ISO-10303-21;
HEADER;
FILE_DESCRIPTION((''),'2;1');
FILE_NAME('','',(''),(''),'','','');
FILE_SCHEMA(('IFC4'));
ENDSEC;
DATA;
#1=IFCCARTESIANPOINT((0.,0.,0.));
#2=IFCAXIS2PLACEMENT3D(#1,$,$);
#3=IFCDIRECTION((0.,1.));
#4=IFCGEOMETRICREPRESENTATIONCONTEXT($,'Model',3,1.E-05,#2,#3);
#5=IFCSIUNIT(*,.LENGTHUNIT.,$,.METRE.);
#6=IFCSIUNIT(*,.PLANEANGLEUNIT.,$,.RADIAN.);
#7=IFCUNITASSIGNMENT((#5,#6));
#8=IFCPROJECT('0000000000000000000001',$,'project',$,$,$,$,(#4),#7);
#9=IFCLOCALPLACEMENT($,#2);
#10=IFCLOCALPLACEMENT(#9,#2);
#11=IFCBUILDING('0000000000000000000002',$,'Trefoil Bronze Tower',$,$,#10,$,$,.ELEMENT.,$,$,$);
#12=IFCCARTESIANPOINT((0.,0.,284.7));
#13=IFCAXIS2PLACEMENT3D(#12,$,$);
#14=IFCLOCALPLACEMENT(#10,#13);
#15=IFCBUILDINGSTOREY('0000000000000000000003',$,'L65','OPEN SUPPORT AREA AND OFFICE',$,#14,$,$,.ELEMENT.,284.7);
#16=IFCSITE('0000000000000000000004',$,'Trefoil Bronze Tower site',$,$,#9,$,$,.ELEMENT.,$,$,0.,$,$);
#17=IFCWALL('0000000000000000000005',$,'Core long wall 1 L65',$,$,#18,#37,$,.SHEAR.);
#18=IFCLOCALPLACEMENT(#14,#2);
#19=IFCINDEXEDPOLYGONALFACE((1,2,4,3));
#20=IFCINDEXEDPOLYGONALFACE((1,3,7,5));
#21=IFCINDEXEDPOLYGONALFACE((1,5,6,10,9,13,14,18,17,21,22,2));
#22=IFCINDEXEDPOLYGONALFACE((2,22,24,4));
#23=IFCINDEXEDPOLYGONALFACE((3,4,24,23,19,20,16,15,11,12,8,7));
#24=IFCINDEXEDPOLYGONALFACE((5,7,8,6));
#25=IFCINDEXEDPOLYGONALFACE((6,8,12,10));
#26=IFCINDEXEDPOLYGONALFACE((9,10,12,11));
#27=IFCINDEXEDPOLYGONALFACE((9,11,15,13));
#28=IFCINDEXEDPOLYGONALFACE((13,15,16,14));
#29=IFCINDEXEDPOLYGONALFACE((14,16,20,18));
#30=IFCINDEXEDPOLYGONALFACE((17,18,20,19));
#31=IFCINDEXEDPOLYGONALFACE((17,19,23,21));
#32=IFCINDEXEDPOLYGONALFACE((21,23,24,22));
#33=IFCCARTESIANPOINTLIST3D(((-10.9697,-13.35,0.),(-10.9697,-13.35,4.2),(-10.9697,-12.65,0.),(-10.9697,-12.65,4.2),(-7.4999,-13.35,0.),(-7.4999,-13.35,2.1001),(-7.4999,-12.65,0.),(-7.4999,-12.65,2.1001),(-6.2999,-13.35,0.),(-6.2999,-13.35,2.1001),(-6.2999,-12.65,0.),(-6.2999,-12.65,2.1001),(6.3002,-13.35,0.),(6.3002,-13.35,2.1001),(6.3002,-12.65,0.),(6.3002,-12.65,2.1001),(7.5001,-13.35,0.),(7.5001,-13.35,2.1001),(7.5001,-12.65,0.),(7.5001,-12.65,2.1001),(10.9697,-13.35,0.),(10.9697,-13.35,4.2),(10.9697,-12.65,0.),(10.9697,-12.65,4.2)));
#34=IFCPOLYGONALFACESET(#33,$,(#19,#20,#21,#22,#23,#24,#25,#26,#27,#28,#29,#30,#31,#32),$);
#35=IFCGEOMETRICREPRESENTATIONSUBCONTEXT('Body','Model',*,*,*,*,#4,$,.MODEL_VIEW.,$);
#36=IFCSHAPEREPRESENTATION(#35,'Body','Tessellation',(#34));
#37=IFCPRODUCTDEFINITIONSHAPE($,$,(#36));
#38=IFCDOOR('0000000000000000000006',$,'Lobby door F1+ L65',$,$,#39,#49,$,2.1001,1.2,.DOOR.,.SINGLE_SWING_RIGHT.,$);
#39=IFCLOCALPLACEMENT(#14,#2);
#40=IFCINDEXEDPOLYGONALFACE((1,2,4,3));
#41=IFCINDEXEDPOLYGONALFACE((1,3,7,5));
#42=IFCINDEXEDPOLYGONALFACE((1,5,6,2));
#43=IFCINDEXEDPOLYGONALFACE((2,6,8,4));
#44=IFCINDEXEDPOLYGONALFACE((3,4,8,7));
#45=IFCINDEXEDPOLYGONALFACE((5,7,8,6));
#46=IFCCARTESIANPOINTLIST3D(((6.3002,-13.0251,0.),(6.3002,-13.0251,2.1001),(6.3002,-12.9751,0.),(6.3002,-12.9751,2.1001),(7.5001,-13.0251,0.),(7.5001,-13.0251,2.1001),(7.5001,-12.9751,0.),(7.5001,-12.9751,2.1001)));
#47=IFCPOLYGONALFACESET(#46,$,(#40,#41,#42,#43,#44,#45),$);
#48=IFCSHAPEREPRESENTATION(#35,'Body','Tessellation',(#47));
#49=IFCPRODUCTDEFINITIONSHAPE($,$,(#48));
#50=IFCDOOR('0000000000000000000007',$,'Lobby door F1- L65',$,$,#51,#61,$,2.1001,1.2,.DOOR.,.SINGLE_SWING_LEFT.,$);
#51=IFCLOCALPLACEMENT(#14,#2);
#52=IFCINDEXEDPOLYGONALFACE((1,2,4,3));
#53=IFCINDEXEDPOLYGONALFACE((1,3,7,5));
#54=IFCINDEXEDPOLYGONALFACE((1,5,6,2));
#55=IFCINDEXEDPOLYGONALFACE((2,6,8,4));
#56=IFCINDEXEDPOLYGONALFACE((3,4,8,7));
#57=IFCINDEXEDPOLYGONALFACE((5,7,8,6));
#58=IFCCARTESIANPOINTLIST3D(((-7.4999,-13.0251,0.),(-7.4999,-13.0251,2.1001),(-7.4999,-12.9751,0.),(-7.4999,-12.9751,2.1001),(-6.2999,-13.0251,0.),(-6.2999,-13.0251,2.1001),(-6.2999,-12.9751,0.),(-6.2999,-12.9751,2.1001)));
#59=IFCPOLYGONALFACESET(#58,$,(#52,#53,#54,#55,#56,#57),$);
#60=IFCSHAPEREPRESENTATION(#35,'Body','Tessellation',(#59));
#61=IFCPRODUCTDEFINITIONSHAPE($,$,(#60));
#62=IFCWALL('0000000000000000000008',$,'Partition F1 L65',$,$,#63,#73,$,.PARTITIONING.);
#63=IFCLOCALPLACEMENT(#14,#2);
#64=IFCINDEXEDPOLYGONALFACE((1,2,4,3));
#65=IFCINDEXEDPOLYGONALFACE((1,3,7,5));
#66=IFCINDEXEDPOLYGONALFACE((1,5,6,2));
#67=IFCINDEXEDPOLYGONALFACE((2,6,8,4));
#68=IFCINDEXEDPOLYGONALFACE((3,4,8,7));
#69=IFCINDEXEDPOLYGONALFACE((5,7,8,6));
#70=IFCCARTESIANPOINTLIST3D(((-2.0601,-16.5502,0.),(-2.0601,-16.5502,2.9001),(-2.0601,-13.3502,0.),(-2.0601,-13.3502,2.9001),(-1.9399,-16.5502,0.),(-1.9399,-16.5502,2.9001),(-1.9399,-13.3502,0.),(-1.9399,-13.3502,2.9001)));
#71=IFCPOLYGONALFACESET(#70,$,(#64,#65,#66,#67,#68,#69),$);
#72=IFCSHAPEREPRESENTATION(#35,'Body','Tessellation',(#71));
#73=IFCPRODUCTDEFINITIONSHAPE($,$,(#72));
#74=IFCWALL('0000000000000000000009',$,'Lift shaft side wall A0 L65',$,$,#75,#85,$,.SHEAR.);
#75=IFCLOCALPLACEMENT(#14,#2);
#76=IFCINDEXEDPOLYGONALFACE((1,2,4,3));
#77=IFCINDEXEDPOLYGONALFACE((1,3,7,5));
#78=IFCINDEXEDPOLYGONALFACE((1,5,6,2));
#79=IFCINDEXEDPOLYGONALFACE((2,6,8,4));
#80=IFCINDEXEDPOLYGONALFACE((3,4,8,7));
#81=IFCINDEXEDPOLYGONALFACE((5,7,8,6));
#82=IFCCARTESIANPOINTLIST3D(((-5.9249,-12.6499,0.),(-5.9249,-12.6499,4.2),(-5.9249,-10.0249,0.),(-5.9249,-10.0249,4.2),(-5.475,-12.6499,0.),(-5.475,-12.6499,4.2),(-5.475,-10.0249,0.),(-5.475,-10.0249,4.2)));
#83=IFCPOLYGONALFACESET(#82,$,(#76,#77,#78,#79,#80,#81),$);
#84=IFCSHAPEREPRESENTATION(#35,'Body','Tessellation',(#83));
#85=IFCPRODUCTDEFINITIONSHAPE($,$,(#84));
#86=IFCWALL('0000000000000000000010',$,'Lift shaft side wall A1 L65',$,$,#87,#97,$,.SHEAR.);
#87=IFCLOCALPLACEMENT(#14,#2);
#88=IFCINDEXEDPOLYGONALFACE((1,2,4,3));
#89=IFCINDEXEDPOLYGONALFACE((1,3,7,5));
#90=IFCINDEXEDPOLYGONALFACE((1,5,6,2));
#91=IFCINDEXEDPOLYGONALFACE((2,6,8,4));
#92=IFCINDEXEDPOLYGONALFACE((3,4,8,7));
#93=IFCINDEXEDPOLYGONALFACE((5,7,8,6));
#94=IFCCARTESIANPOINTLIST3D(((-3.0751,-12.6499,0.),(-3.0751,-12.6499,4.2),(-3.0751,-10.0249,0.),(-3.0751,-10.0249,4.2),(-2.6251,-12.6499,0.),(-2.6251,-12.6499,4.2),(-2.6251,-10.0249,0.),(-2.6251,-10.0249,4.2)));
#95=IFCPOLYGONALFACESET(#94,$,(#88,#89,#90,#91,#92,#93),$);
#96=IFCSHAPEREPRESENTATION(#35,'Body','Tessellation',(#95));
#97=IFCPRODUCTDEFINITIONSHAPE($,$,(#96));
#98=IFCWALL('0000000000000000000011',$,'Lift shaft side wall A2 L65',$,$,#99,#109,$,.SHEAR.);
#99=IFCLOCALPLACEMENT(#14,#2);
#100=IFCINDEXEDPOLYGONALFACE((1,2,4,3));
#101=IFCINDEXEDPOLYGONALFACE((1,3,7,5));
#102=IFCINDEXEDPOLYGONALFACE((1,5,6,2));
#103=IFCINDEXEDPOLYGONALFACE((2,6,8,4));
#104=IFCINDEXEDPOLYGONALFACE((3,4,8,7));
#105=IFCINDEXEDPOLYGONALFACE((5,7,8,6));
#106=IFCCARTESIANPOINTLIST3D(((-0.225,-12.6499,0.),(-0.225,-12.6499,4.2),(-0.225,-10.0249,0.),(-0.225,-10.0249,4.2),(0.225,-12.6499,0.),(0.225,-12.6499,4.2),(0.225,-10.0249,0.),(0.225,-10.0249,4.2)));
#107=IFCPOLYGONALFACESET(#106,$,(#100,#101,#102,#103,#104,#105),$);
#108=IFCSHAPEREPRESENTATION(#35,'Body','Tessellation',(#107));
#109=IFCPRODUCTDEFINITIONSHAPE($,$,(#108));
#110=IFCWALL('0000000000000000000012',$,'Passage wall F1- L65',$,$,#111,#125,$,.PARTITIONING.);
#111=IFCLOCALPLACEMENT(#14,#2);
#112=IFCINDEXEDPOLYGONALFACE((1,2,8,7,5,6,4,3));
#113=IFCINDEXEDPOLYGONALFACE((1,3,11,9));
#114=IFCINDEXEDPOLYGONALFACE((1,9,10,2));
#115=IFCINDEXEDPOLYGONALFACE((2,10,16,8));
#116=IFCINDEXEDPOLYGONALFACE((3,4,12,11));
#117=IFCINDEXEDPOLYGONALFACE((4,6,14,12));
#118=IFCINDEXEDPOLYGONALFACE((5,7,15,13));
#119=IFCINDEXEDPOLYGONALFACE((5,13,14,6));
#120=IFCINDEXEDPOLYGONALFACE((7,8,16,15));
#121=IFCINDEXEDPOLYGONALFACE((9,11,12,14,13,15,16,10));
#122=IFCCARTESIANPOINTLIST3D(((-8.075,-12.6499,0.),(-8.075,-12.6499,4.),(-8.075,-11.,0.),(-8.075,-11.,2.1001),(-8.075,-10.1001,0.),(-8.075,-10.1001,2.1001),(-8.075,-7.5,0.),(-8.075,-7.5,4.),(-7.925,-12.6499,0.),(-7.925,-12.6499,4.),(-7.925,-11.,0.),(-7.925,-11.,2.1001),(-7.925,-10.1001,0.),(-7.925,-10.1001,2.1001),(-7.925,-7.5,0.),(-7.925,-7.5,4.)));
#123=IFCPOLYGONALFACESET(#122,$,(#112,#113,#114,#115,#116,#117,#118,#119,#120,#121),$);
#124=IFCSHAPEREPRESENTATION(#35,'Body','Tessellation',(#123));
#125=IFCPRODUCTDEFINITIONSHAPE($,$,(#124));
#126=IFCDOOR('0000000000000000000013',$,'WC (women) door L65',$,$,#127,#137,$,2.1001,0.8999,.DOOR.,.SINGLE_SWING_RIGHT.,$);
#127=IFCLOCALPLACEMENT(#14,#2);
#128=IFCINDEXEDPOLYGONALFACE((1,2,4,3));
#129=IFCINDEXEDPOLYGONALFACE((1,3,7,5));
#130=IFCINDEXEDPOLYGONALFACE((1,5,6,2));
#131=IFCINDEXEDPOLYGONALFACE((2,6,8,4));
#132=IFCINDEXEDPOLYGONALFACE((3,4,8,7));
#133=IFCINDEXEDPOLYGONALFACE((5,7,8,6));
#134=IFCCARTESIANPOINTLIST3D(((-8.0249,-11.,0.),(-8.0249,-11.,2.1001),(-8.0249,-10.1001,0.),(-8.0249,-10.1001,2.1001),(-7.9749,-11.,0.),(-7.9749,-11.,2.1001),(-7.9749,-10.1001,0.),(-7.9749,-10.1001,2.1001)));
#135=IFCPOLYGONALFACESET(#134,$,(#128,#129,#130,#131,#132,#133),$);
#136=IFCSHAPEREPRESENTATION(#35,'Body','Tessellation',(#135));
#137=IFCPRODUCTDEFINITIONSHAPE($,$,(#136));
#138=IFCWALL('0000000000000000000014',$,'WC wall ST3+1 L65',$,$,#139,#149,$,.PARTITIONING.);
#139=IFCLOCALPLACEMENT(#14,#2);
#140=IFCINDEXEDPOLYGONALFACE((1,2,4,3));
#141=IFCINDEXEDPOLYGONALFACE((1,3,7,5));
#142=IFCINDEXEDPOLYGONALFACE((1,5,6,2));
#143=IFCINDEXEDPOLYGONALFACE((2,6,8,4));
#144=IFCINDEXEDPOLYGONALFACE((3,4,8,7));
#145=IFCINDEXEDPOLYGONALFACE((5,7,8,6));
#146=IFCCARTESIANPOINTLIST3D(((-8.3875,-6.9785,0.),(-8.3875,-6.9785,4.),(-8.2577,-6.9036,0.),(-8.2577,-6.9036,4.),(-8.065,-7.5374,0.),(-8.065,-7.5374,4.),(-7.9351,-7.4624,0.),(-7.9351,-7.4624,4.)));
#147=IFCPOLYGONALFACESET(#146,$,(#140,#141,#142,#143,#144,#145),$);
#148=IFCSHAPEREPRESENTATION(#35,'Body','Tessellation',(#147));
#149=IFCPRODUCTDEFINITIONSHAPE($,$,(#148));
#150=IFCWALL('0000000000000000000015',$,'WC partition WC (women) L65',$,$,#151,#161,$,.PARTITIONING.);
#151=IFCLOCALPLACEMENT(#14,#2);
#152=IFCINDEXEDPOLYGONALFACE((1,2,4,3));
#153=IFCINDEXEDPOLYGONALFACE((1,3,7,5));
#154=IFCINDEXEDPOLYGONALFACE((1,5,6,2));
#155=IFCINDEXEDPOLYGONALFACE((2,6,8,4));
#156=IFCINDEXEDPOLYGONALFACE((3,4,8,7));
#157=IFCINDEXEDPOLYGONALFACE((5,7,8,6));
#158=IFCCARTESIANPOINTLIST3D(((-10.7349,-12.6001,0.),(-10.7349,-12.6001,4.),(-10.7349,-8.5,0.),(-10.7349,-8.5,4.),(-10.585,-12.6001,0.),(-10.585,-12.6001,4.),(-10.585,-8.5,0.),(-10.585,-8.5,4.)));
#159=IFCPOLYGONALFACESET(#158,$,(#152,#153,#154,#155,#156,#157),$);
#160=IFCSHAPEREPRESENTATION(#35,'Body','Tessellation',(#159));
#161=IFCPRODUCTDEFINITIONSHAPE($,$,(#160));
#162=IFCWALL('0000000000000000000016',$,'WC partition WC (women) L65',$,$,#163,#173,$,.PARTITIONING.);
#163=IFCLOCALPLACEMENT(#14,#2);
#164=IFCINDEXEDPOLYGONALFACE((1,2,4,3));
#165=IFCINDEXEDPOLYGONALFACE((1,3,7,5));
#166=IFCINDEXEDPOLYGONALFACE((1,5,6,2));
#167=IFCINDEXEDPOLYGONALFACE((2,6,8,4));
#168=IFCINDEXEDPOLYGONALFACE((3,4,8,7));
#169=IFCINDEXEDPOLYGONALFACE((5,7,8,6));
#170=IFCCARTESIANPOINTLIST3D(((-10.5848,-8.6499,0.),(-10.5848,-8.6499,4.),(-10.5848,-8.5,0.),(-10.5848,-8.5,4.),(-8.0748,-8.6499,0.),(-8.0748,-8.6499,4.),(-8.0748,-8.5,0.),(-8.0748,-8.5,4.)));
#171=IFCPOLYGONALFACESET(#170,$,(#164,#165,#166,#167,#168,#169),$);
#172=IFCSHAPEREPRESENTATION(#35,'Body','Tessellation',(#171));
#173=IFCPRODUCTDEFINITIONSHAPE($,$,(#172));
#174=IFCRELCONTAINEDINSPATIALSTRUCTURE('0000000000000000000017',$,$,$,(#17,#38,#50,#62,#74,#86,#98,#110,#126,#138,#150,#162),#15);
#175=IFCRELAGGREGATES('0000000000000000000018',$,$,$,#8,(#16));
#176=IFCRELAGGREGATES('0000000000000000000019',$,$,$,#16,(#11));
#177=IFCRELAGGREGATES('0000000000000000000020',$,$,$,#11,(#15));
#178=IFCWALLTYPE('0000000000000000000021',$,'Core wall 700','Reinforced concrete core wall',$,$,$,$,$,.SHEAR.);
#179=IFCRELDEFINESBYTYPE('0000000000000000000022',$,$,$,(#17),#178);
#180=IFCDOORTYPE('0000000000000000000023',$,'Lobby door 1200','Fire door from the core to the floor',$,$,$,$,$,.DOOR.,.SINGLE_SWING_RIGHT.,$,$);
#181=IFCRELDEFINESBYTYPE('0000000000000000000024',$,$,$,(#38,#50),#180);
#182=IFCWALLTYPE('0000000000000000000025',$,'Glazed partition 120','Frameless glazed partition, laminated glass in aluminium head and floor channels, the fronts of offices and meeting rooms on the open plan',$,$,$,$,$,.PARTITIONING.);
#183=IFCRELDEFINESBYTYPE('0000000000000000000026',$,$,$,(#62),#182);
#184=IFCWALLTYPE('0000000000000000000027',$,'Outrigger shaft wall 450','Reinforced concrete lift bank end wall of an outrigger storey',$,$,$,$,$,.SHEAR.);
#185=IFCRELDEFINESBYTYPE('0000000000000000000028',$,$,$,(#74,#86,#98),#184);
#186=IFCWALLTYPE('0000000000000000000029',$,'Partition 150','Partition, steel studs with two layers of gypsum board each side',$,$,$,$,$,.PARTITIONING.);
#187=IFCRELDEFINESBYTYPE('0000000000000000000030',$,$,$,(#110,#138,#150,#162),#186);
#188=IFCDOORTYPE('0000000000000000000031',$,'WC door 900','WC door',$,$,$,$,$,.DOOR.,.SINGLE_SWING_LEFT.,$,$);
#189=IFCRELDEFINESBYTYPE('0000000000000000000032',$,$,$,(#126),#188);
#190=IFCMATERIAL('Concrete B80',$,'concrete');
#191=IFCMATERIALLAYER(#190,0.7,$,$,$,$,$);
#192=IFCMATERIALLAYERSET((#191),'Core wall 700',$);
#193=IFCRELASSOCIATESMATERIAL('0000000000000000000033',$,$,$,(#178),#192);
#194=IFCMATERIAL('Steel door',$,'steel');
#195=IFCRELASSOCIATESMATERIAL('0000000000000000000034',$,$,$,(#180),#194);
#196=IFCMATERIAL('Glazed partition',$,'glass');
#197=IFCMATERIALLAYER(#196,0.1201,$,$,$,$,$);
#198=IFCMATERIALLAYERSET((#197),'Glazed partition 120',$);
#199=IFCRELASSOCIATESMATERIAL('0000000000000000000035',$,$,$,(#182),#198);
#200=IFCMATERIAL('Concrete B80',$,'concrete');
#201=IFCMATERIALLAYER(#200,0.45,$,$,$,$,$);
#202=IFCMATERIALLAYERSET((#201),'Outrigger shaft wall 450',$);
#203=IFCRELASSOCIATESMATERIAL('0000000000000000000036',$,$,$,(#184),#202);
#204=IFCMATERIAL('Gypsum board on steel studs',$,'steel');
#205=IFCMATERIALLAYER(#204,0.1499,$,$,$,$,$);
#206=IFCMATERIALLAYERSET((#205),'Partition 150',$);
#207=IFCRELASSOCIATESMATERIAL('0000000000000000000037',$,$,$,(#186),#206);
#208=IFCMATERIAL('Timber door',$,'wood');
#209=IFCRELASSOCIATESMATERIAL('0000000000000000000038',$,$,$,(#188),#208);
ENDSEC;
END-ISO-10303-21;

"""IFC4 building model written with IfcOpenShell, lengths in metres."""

from ifc_helpers import new_model, si_unit, direction, frame, frame_2d, origin, place, context, subcontext, project, spatial, rectangle, extrude, material, layer, layer_set, type_object, element, fill, save


model = new_model("IFC4")

# Units and contexts
model_context = context("Model", 3, precision=1e-05, world=origin(), true_north=direction((0.0, 1.0)))
body_context = subcontext(model_context, "Body", "Model", "MODEL_VIEW")
ifc_project = project(units=[si_unit("LENGTHUNIT", "METRE"), si_unit("PLANEANGLEUNIT", "RADIAN")], contexts=[model_context])

# Site, building, storey
site_placement = place(None, origin())
site = spatial("IfcSite", under=ifc_project, at=site_placement, Name="Trefoil Bronze Tower site", CompositionType="ELEMENT", RefElevation=0.0)
building_placement = place(site_placement, origin())
building = spatial("IfcBuilding", under=site, at=building_placement, Name="Trefoil Bronze Tower", CompositionType="ELEMENT")
storey_placement = place(building_placement, frame((0.0, 0.0, 284.7)))
storey = spatial("IfcBuildingStorey", under=building, at=storey_placement, Name="L65", Description="OPEN SUPPORT AREA AND OFFICE", CompositionType="ELEMENT", Elevation=284.7)

# Wall, openings, doors
ifc_material_1 = material(Name="Concrete B80", Category="concrete")
ifc_layer_1 = layer(ifc_material_1, 0.7)
ifc_layer_set_1 = layer_set([ifc_layer_1], Name="Core wall 700")
wall_type_1 = type_object("IfcWallType", Name="Core wall 700", Description="Reinforced concrete core wall", PredefinedType="SHEAR", material=ifc_layer_set_1)
wall_1_placement = place(storey_placement, frame((-10.9697, -13.0, 0.0), z_axis=(0.0, 0.0, 1.0), x_axis=(1.0, 0.0, 0.0)))
wall_1 = element("IfcWall", 1, at=wall_1_placement, inside=storey, type_object=wall_type_1, Name="Core long wall 1 L65", PredefinedType="SHEAR", context=body_context, shape_type="SweptSolid", body=[
    extrude(rectangle(XDim=21.9395, YDim=0.7, at=frame_2d((10.9697, 0.0))), origin(), (0.0, 0.0, 1.0), 4.2),
])
opening_1_placement = place(wall_1_placement, frame((17.2698, 0.0, 0.0)))
opening_1 = element("IfcOpeningElement", 2, at=opening_1_placement, cuts=wall_1, PredefinedType="OPENING", context=body_context, shape_type="SweptSolid", body=[
    extrude(rectangle(XDim=1.2, YDim=2.1001, at=frame_2d((0.6001, 1.05))), frame((0.0, 0.3599, 0.0), z_axis=(0.0, -1.0, 0.0), x_axis=(1.0, 0.0, 0.0)), (0.0, 0.0, 1.0), 0.72),
])
opening_2_placement = place(wall_1_placement, frame((3.4697, 0.0, 0.0)))
opening_2 = element("IfcOpeningElement", 3, at=opening_2_placement, cuts=wall_1, PredefinedType="OPENING", context=body_context, shape_type="SweptSolid", body=[
    extrude(rectangle(XDim=1.2, YDim=2.1001, at=frame_2d((0.6001, 1.05))), frame((0.0, 0.3599, 0.0), z_axis=(0.0, -1.0, 0.0), x_axis=(1.0, 0.0, 0.0)), (0.0, 0.0, 1.0), 0.72),
])
ifc_material_2 = material(Name="Steel door", Category="steel")
door_type_1 = type_object("IfcDoorType", Name="Lobby door 1200", Description="Fire door from the core to the floor", OperationType="SINGLE_SWING_RIGHT", PredefinedType="DOOR", material=ifc_material_2)
door_1_placement = place(opening_1_placement, origin())
door_1 = element("IfcDoor", 4, at=door_1_placement, inside=storey, type_object=door_type_1, Name="Lobby door F1+ L65", OperationType="SINGLE_SWING_RIGHT", OverallHeight=2.1001, OverallWidth=1.2, PredefinedType="DOOR", context=body_context, shape_type="SweptSolid", body=[
    extrude(rectangle(XDim=1.2, YDim=2.1001, at=frame_2d((0.6001, 1.05))), frame((0.0, 0.0249, 0.0), z_axis=(0.0, -1.0, 0.0), x_axis=(1.0, 0.0, 0.0)), (0.0, 0.0, 1.0), 0.05),
])
fill(opening_1, door_1)
door_2_placement = place(opening_2_placement, origin())
door_2 = element("IfcDoor", 5, at=door_2_placement, inside=storey, type_object=door_type_1, Name="Lobby door F1- L65", OperationType="SINGLE_SWING_LEFT", OverallHeight=2.1001, OverallWidth=1.2, PredefinedType="DOOR", context=body_context, shape_type="SweptSolid", body=[
    extrude(rectangle(XDim=1.2, YDim=2.1001, at=frame_2d((0.6001, 1.05))), frame((0.0, 0.0249, 0.0), z_axis=(0.0, -1.0, 0.0), x_axis=(1.0, 0.0, 0.0)), (0.0, 0.0, 1.0), 0.05),
])
fill(opening_2, door_2)

# Walls
ifc_material_3 = material(Name="Glazed partition", Category="glass")
ifc_layer_2 = layer(ifc_material_3, 0.1201)
ifc_layer_set_2 = layer_set([ifc_layer_2], Name="Glazed partition 120")
wall_type_2 = type_object("IfcWallType", Name="Glazed partition 120", Description="Frameless glazed partition, laminated glass in aluminium head and floor channels, the fronts of offices and meeting rooms on the open plan", PredefinedType="PARTITIONING", material=ifc_layer_set_2)
wall_2_placement = place(storey_placement, frame((-2.0, -13.3501, 0.0), z_axis=(0.0, 0.0, 1.0), x_axis=(0.0, -1.0, 0.0)))
element("IfcWall", 6, at=wall_2_placement, inside=storey, type_object=wall_type_2, Name="Partition F1 L65", PredefinedType="PARTITIONING", context=body_context, shape_type="SweptSolid", body=[
    extrude(rectangle(XDim=3.2, YDim=0.1201, at=frame_2d((1.6001, 0.0))), origin(), (0.0, 0.0, 1.0), 2.9001),
])
ifc_material_4 = material(Name="Concrete B80", Category="concrete")
ifc_layer_3 = layer(ifc_material_4, 0.45)
ifc_layer_set_3 = layer_set([ifc_layer_3], Name="Outrigger shaft wall 450")
wall_type_3 = type_object("IfcWallType", Name="Outrigger shaft wall 450", Description="Reinforced concrete lift bank end wall of an outrigger storey", PredefinedType="SHEAR", material=ifc_layer_set_3)
for number, where, z_axis, x_axis, name in (
    (7, (-5.7, -10.0249, 0.0), (0.0, 0.0, 1.0), (0.0, -1.0, 0.0), "Lift shaft side wall A0 L65"),
    (8, (-2.8501, -10.0249, 0.0), (0.0, 0.0, 1.0), (0.0, -1.0, 0.0), "Lift shaft side wall A1 L65"),
    (9, (0.0, -10.0249, 0.0), (0.0, 0.0, 1.0), (0.0, -1.0, 0.0), "Lift shaft side wall A2 L65"),
):
    element("IfcWall", number, at=place(storey_placement, frame(where, z_axis=z_axis, x_axis=x_axis)), inside=storey, type_object=wall_type_3, Name=name, PredefinedType="SHEAR", context=body_context, shape_type="SweptSolid", body=[
        extrude(rectangle(XDim=2.625, YDim=0.45, at=frame_2d((1.3125, 0.0))), origin(), (0.0, 0.0, 1.0), 4.2),
    ])

# Wall, opening, door
ifc_material_5 = material(Name="Gypsum board on steel studs", Category="steel")
ifc_layer_4 = layer(ifc_material_5, 0.1499)
ifc_layer_set_4 = layer_set([ifc_layer_4], Name="Partition 150")
wall_type_4 = type_object("IfcWallType", Name="Partition 150", Description="Partition, steel studs with two layers of gypsum board each side", PredefinedType="PARTITIONING", material=ifc_layer_set_4)
wall_3_placement = place(storey_placement, frame((-8.0, -7.5, 0.0), z_axis=(0.0, 0.0, 1.0), x_axis=(0.0, -1.0, 0.0)))
wall_3 = element("IfcWall", 10, at=wall_3_placement, inside=storey, type_object=wall_type_4, Name="Passage wall F1- L65", PredefinedType="PARTITIONING", context=body_context, shape_type="SweptSolid", body=[
    extrude(rectangle(XDim=5.1499, YDim=0.1499, at=frame_2d((2.575, 0.0))), origin(), (0.0, 0.0, 1.0), 4.0),
])
opening_3_placement = place(wall_3_placement, frame((2.6001, 0.0, 0.0)))
opening_3 = element("IfcOpeningElement", 11, at=opening_3_placement, cuts=wall_3, PredefinedType="OPENING", context=body_context, shape_type="SweptSolid", body=[
    extrude(rectangle(XDim=0.8999, YDim=2.1001, at=frame_2d((0.45, 1.05))), frame((0.0, 0.085, 0.0), z_axis=(0.0, -1.0, 0.0), x_axis=(1.0, 0.0, 0.0)), (0.0, 0.0, 1.0), 0.1699),
])
ifc_material_6 = material(Name="Timber door", Category="wood")
door_type_2 = type_object("IfcDoorType", Name="WC door 900", Description="WC door", OperationType="SINGLE_SWING_LEFT", PredefinedType="DOOR", material=ifc_material_6)
door_3_placement = place(opening_3_placement, frame((0.8999, 0.0, 0.0), z_axis=(0.0, 0.0, 1.0), x_axis=(-1.0, 0.0, 0.0)))
door_3 = element("IfcDoor", 12, at=door_3_placement, inside=storey, type_object=door_type_2, Name="WC (women) door L65", OperationType="SINGLE_SWING_RIGHT", OverallHeight=2.1001, OverallWidth=0.8999, PredefinedType="DOOR", context=body_context, shape_type="SweptSolid", body=[
    extrude(rectangle(XDim=0.8999, YDim=2.1001, at=frame_2d((0.45, 1.05))), frame((0.0, 0.0249, 0.0), z_axis=(0.0, -1.0, 0.0), x_axis=(1.0, 0.0, 0.0)), (0.0, 0.0, 1.0), 0.05),
])
fill(opening_3, door_3)

# Walls
wall_4_placement = place(storey_placement, frame((-8.0, -7.5, 0.0), z_axis=(0.0, 0.0, 1.0), x_axis=(-0.499843, 0.866116, 0.0)))
element("IfcWall", 13, at=wall_4_placement, inside=storey, type_object=wall_type_4, Name="WC wall ST3+1 L65", PredefinedType="PARTITIONING", context=body_context, shape_type="SweptSolid", body=[
    extrude(rectangle(XDim=0.6453, YDim=0.1499, at=frame_2d((0.3228, 0.0))), origin(), (0.0, 0.0, 1.0), 4.0),
])
wall_5_placement = place(storey_placement, frame((-10.6599, -8.5, 0.0), z_axis=(0.0, 0.0, 1.0), x_axis=(0.0, -1.0, 0.0)))
element("IfcWall", 14, at=wall_5_placement, inside=storey, type_object=wall_type_4, Name="WC partition WC (women) L65", PredefinedType="PARTITIONING", context=body_context, shape_type="SweptSolid", body=[
    extrude(rectangle(XDim=4.1001, YDim=0.1499, at=frame_2d((2.05, 0.0))), origin(), (0.0, 0.0, 1.0), 4.0),
])
wall_6_placement = place(storey_placement, frame((-8.075, -8.575, 0.0), z_axis=(0.0, 0.0, 1.0), x_axis=(-1.0, 0.0, 0.0)))
element("IfcWall", 15, at=wall_6_placement, inside=storey, type_object=wall_type_4, Name="WC partition WC (women) L65", PredefinedType="PARTITIONING", context=body_context, shape_type="SweptSolid", body=[
    extrude(rectangle(XDim=2.51, YDim=0.1499, at=frame_2d((1.2549, 0.0))), origin(), (0.0, 0.0, 1.0), 4.0),
])

save(model, "model.ifc")
